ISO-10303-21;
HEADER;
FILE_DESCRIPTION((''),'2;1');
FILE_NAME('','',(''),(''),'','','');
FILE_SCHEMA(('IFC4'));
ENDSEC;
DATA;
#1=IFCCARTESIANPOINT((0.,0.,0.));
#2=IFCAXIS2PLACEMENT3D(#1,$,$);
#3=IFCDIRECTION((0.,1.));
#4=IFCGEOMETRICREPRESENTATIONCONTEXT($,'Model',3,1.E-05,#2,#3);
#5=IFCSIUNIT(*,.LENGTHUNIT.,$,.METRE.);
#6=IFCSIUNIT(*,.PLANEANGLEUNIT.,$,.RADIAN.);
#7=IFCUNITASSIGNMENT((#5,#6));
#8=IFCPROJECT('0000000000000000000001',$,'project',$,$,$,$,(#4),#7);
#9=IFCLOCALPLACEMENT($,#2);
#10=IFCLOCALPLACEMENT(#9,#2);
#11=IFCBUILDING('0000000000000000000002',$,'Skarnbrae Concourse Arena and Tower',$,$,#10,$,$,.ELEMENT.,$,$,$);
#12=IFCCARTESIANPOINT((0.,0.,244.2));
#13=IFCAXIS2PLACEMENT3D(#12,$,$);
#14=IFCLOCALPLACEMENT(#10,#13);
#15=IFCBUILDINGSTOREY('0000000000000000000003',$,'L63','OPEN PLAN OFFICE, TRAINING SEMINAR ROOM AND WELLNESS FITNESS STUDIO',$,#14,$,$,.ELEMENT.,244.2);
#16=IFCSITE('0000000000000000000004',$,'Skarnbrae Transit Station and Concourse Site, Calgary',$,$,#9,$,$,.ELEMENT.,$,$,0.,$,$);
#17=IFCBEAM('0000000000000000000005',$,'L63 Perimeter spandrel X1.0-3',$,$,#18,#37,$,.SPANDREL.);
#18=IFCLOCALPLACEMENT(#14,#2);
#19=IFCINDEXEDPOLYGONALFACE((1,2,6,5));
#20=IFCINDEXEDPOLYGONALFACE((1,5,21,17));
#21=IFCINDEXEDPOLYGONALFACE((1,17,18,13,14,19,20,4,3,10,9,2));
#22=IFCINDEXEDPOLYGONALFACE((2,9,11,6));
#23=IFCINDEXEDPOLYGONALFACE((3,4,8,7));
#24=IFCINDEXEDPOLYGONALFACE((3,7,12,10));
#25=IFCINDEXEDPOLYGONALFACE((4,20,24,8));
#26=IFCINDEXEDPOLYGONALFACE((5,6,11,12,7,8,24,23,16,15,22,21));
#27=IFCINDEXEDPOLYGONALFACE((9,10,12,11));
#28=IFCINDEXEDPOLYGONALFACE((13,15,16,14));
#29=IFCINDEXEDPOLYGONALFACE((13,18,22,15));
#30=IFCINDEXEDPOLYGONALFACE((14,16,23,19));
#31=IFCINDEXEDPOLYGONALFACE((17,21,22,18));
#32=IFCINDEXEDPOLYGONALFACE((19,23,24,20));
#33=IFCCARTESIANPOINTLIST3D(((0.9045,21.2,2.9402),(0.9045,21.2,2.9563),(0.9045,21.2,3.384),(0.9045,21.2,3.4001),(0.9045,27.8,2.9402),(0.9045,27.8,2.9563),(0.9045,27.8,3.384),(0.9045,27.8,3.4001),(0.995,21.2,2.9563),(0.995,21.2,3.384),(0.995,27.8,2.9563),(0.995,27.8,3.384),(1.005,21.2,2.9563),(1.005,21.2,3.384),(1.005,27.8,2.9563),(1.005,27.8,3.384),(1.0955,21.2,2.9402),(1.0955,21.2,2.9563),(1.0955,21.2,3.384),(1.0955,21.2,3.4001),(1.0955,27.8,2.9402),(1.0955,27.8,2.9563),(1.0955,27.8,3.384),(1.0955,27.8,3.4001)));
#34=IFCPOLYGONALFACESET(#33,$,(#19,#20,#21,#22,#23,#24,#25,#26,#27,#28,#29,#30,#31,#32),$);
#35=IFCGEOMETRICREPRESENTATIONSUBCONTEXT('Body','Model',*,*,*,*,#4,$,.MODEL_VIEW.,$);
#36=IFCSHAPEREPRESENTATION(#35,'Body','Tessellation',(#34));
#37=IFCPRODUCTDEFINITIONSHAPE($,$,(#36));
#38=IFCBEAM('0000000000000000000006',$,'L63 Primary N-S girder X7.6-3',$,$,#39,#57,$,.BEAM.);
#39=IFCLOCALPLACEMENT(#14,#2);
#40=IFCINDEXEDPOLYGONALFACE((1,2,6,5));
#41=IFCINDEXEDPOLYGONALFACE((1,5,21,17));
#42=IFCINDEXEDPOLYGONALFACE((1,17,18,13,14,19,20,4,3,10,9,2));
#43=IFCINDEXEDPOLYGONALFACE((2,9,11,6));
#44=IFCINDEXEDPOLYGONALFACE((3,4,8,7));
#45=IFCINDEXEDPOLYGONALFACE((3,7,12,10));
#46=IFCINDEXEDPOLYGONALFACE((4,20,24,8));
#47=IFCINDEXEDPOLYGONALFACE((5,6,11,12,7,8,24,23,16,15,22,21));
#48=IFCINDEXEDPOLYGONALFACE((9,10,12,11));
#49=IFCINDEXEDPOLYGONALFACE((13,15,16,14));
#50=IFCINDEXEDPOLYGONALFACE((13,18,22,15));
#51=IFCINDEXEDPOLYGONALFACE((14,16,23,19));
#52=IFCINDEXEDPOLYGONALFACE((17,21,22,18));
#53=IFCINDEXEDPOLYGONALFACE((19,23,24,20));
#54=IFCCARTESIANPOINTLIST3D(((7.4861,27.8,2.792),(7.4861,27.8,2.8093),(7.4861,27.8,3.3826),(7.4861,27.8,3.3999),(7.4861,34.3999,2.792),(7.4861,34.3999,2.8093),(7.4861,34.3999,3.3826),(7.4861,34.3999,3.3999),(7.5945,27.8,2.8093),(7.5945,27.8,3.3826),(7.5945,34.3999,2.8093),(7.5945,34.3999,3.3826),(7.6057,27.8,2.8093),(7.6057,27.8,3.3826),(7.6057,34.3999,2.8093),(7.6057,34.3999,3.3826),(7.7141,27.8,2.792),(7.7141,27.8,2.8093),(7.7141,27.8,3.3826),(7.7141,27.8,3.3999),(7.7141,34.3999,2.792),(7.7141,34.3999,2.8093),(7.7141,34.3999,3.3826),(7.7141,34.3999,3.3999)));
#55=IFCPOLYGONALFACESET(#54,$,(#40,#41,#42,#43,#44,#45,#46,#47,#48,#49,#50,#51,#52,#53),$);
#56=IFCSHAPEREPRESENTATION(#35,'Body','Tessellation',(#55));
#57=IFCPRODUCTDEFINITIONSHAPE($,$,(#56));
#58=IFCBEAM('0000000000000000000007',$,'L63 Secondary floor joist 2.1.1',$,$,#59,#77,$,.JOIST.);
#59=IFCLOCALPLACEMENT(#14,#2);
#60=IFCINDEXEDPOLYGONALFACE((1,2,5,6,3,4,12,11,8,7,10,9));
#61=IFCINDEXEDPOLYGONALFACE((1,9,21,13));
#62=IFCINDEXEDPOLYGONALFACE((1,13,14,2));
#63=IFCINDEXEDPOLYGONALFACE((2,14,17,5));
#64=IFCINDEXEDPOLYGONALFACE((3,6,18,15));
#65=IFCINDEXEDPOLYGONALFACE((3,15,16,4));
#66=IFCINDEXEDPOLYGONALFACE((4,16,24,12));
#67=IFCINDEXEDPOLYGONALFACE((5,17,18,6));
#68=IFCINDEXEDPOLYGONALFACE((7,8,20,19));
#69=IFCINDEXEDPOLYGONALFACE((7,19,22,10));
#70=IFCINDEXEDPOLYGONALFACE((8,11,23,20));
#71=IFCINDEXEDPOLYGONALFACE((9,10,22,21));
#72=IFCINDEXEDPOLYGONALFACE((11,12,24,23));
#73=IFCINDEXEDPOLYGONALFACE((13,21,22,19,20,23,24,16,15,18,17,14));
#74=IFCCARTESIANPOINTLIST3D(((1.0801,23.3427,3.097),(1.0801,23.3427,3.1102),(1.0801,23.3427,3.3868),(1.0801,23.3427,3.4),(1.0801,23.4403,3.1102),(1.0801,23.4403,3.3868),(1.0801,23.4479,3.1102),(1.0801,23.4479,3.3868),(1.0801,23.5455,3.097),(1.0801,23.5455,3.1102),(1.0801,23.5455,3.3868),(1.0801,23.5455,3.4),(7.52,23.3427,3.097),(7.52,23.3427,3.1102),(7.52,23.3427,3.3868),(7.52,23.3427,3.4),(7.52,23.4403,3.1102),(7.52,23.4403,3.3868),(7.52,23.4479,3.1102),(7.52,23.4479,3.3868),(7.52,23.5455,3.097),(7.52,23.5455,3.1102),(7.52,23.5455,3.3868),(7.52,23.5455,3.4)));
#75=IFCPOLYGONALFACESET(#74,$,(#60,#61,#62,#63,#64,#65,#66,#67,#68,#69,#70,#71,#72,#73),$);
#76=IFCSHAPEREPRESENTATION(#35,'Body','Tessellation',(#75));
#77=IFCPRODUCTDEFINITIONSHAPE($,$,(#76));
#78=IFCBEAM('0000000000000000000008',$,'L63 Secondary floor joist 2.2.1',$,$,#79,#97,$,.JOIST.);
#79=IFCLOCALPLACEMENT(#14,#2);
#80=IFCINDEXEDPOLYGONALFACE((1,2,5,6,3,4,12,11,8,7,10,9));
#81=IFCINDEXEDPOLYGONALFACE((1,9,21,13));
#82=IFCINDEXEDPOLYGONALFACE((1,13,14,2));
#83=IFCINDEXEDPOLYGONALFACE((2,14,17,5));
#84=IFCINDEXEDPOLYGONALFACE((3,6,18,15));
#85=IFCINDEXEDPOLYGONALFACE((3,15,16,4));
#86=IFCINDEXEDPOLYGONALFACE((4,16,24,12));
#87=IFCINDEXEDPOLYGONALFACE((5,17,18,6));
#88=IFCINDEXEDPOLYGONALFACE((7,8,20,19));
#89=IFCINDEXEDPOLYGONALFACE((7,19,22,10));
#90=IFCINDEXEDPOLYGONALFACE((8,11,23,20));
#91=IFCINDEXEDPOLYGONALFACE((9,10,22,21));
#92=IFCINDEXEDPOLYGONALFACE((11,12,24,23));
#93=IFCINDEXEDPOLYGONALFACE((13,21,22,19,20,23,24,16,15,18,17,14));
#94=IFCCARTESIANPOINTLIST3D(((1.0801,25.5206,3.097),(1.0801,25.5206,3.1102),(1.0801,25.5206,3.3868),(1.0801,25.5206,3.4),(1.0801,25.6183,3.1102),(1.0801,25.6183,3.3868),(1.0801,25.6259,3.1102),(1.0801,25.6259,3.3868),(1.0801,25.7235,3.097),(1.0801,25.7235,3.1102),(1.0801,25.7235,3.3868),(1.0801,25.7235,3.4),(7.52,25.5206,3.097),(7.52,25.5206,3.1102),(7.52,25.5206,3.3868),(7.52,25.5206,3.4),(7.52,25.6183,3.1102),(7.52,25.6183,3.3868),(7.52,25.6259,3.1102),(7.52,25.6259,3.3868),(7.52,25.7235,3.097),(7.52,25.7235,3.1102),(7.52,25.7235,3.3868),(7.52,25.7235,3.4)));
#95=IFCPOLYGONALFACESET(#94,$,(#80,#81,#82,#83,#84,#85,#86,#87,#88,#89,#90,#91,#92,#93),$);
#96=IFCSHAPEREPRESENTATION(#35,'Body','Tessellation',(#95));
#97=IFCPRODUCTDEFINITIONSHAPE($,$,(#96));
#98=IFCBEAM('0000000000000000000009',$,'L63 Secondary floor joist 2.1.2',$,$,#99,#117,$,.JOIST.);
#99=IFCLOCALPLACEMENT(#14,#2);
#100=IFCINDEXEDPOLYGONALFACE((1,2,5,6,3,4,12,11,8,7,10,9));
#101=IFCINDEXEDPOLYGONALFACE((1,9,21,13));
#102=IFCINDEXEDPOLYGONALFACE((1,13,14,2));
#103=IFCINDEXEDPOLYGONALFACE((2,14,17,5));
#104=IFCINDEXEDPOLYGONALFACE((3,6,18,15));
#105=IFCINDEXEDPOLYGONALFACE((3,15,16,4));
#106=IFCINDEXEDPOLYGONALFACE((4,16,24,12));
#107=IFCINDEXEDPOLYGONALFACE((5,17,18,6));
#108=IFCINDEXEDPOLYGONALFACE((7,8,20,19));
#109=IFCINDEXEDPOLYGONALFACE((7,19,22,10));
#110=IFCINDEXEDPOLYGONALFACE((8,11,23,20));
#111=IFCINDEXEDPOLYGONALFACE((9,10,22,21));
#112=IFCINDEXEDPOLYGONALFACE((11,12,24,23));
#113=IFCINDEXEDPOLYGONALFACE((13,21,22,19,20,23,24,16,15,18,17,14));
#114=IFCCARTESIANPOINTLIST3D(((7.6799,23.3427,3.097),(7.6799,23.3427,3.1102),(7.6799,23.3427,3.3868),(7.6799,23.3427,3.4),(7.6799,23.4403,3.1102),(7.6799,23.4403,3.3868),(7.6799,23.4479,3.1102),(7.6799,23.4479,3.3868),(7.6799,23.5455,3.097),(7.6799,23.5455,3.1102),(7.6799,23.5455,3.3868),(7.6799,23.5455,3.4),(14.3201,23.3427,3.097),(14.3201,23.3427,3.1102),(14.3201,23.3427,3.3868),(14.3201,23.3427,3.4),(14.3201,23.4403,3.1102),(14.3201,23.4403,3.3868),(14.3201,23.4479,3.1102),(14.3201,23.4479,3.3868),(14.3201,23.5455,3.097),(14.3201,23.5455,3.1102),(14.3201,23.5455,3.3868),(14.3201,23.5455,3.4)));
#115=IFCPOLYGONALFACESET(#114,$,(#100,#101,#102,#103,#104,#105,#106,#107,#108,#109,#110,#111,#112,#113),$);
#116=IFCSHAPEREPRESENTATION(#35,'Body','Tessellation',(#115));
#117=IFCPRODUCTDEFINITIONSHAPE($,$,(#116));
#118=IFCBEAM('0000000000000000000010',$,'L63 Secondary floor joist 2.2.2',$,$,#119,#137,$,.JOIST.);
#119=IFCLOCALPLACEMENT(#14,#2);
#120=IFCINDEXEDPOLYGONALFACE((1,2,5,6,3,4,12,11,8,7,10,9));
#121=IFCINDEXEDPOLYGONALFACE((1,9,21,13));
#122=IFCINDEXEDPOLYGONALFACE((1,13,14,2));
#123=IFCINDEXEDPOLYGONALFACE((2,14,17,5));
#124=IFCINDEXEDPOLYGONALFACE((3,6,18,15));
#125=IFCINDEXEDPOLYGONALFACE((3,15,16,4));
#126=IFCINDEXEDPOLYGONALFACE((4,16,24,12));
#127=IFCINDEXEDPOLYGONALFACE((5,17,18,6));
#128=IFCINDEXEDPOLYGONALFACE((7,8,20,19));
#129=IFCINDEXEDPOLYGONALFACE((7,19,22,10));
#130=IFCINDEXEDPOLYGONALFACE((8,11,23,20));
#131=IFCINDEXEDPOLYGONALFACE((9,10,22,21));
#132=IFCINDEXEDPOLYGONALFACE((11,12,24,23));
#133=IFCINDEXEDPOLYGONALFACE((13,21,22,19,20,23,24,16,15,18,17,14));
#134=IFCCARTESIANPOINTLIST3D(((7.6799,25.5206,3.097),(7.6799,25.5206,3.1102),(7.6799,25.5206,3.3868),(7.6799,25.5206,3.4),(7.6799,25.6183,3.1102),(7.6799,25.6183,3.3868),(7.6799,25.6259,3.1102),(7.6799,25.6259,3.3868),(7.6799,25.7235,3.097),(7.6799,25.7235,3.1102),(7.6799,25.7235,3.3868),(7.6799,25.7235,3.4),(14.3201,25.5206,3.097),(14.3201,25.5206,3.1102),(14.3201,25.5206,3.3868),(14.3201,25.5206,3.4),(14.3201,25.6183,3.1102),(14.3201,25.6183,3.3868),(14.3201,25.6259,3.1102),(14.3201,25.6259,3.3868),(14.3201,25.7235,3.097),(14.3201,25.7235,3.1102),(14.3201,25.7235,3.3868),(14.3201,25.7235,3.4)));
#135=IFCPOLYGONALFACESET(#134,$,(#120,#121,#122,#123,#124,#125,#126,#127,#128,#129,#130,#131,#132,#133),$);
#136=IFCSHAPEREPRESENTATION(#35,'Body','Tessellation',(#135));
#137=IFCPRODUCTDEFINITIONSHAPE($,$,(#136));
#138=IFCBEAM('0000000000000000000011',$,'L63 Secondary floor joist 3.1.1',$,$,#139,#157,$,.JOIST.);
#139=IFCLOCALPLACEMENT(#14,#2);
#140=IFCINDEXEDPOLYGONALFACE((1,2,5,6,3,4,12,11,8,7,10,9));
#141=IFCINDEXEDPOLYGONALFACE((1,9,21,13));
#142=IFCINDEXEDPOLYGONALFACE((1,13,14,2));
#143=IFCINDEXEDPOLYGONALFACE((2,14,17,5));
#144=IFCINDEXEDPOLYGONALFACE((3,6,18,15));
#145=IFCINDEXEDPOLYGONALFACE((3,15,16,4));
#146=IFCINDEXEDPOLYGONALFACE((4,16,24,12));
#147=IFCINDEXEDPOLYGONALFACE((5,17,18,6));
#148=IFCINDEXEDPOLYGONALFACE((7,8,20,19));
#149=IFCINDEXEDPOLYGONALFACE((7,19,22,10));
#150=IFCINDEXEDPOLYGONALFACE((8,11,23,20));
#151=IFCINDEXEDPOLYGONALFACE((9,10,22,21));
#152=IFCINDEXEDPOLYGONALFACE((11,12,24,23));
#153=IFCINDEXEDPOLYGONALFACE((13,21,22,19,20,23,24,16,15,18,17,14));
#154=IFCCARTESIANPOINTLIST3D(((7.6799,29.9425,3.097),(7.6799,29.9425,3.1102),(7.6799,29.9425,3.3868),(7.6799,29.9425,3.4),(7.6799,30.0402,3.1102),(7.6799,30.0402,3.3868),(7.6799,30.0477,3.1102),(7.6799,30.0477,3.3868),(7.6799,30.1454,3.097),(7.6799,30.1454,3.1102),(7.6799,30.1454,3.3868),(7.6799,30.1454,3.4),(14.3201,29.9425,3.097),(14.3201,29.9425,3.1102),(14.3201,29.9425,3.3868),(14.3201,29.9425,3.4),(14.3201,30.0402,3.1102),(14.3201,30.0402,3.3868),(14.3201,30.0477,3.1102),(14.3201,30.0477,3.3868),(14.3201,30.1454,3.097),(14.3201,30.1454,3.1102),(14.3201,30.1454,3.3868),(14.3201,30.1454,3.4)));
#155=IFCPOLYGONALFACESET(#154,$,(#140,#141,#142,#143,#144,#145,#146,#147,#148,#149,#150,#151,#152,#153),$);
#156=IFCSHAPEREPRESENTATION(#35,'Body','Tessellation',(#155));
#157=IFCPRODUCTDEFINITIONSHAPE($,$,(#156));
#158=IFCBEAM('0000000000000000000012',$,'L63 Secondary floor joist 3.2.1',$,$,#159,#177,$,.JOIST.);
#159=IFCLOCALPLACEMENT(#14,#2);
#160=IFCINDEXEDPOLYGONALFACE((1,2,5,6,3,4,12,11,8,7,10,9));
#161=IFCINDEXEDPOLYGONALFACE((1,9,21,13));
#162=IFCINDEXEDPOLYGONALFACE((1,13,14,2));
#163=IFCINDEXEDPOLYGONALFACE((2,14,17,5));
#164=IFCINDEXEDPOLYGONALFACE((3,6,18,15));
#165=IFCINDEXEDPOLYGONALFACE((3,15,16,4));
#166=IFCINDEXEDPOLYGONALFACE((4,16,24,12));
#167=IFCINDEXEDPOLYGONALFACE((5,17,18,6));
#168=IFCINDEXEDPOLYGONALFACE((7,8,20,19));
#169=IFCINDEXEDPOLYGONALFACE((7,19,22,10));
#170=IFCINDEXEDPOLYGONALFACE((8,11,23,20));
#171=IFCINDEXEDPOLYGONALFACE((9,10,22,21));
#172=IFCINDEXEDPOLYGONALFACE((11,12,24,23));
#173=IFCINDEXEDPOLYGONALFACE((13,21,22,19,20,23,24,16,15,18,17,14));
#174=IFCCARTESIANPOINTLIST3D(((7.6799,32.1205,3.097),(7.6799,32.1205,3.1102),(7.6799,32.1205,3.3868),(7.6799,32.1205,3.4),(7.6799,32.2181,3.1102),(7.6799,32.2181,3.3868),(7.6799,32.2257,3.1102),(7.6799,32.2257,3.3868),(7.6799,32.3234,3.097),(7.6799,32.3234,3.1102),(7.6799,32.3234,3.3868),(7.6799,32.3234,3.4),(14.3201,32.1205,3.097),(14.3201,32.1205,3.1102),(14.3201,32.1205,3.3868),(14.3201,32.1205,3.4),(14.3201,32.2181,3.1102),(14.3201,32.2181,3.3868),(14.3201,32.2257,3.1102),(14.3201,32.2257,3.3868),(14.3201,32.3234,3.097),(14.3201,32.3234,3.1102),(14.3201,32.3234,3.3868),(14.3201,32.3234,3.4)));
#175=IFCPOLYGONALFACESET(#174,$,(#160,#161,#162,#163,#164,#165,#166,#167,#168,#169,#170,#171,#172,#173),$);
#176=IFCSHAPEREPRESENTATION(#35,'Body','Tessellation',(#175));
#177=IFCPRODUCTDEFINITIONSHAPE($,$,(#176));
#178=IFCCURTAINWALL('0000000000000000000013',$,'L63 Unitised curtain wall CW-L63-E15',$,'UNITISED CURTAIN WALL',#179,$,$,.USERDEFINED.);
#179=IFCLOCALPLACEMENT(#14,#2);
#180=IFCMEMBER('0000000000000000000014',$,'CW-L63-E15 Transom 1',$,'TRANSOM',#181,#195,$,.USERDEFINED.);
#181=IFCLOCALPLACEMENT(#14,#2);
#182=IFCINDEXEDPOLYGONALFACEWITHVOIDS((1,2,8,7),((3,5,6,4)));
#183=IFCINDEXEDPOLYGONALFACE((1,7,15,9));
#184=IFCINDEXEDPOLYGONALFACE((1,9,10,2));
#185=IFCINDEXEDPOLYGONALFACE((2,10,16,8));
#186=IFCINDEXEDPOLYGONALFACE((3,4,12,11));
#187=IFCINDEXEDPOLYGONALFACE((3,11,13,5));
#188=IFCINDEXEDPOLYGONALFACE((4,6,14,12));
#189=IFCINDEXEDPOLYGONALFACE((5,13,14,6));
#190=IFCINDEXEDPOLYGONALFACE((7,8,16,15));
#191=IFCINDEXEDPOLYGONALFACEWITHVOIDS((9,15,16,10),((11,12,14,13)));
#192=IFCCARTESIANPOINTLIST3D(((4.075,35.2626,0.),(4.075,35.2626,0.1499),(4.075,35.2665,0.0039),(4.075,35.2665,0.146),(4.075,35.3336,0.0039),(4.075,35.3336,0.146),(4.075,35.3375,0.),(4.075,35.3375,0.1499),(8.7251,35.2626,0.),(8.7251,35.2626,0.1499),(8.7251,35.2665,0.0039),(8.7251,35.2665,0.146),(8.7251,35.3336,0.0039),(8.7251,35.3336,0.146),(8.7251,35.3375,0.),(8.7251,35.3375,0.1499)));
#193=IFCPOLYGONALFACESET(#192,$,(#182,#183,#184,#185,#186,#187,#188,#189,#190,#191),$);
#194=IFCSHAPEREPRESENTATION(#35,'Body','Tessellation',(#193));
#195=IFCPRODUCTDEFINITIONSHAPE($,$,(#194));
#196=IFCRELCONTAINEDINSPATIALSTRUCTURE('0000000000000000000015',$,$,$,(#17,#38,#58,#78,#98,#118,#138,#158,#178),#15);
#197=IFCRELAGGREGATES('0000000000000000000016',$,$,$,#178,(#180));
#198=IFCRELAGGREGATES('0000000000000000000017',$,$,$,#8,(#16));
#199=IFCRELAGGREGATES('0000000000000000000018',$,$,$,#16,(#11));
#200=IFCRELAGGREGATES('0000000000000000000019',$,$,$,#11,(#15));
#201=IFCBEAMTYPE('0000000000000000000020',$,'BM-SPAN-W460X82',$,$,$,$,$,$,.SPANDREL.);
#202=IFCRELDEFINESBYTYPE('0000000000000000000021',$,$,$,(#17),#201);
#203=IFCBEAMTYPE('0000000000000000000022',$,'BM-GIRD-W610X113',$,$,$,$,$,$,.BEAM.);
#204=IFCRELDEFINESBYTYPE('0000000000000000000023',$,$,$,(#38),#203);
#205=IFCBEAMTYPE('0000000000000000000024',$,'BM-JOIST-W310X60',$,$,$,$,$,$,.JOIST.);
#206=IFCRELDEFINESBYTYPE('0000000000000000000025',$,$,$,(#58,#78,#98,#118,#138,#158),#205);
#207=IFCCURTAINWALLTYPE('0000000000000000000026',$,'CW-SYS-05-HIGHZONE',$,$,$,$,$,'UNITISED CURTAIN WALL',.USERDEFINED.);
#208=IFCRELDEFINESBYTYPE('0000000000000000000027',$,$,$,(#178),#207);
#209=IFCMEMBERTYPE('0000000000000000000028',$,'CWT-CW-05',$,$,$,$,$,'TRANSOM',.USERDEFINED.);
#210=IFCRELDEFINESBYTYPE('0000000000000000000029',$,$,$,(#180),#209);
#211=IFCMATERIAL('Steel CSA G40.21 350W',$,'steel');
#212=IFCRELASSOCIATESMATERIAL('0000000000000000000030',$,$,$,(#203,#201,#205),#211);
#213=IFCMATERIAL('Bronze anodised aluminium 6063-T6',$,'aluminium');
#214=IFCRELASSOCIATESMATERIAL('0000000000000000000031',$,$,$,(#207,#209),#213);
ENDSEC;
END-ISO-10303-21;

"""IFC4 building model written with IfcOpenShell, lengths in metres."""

from ifc_helpers import new_model, si_unit, direction, frame, origin, origin_2d, place, context, subcontext, project, spatial, hollow_rectangle, i_section, extrude, source, transform, mapped, material, material_profile, profile_set, type_object, element, aggregate, save


model = new_model("IFC4")

# Units and contexts
model_context = context("Model", 3, precision=1e-05, world=origin(), true_north=direction((0.0, 1.0)))
body_context = subcontext(model_context, "Body", "Model", "MODEL_VIEW")
ifc_project = project(units=[si_unit("LENGTHUNIT", "METRE"), si_unit("PLANEANGLEUNIT", "RADIAN")], contexts=[model_context])

# Site, building, storey
site_placement = place(None, origin())
site = spatial("IfcSite", under=ifc_project, at=site_placement, Name="Skarnbrae Transit Station and Concourse Site, Calgary", CompositionType="ELEMENT", RefElevation=0.0)
building_placement = place(site_placement, origin())
building = spatial("IfcBuilding", under=site, at=building_placement, Name="Skarnbrae Concourse Arena and Tower", CompositionType="ELEMENT")
storey_placement = place(building_placement, frame((0.0, 0.0, 244.2)))
storey = spatial("IfcBuildingStorey", under=building, at=storey_placement, Name="L63", Description="OPEN PLAN OFFICE, TRAINING SEMINAR ROOM AND WELLNESS FITNESS STUDIO", CompositionType="ELEMENT", Elevation=244.2)

# Shared definitions
ifc_material_1 = material(Name="Steel CSA G40.21 350W", Category="steel")

# Beams
ifc_material_profile_1 = material_profile(ifc_material_1, i_section(OverallWidth=0.228, OverallDepth=0.6079, WebThickness=0.0112, FlangeThickness=0.0173, at=origin_2d()), Name="W610X113")
ifc_profile_set_1 = profile_set([ifc_material_profile_1], Name="Steel CSA G40.21 350W")
beam_type_1 = type_object("IfcBeamType", Name="BM-GIRD-W610X113", PredefinedType="BEAM", material=ifc_profile_set_1)
ifc_material_profile_2 = material_profile(ifc_material_1, i_section(OverallWidth=0.1909, OverallDepth=0.46, WebThickness=0.01, FlangeThickness=0.0161, at=origin_2d()), Name="W460X82")
ifc_profile_set_2 = profile_set([ifc_material_profile_2], Name="Steel CSA G40.21 350W")
beam_type_2 = type_object("IfcBeamType", Name="BM-SPAN-W460X82", PredefinedType="SPANDREL", material=ifc_profile_set_2)
shared_shape_1 = source(origin(), body_context, "Body", "SweptSolid", [
    extrude(i_section(OverallWidth=0.1909, OverallDepth=0.46, WebThickness=0.01, FlangeThickness=0.0161, at=origin_2d()), origin(), (0.0, 0.0, 1.0), 6.6001),
])
beam_1_placement = place(storey_placement, frame((1.0, 21.2, 3.1702), z_axis=(0.0, 1.0, 0.0), x_axis=(-1.0, 0.0, 0.0)))
element("IfcBeam", 1, at=beam_1_placement, inside=storey, type_object=beam_type_2, Name="L63 Perimeter spandrel X1.0-3", PredefinedType="SPANDREL", context=body_context, shape_type="MappedRepresentation", body=[
    mapped(shared_shape_1, transform((0.0, 0.0, 0.0))),
])
shared_shape_2 = source(origin(), body_context, "Body", "SweptSolid", [
    extrude(i_section(OverallWidth=0.228, OverallDepth=0.6079, WebThickness=0.0112, FlangeThickness=0.0173, at=origin_2d()), origin(), (0.0, 0.0, 1.0), 6.5999),
])
beam_2_placement = place(storey_placement, frame((7.6001, 27.8, 3.0959), z_axis=(0.0, 1.0, 0.0), x_axis=(-1.0, 0.0, 0.0)))
element("IfcBeam", 2, at=beam_2_placement, inside=storey, type_object=beam_type_1, Name="L63 Primary N-S girder X7.6-3", PredefinedType="BEAM", context=body_context, shape_type="MappedRepresentation", body=[
    mapped(shared_shape_2, transform((0.0, 0.0, 0.0))),
])
ifc_material_profile_3 = material_profile(ifc_material_1, i_section(OverallWidth=0.2029, OverallDepth=0.303, WebThickness=0.0076, FlangeThickness=0.0132, at=origin_2d()), Name="W310X60")
ifc_profile_set_3 = profile_set([ifc_material_profile_3], Name="Steel CSA G40.21 350W")
beam_type_3 = type_object("IfcBeamType", Name="BM-JOIST-W310X60", PredefinedType="JOIST", material=ifc_profile_set_3)
shared_shape_3 = source(origin(), body_context, "Body", "SweptSolid", [
    extrude(i_section(OverallWidth=0.2029, OverallDepth=0.303, WebThickness=0.0076, FlangeThickness=0.0132, at=origin_2d()), origin(), (0.0, 0.0, 1.0), 6.4399),
])
for number, where, z_axis, x_axis, name in (
    (3, (1.0801, 23.4441, 3.2485), (1.0, 0.0, 0.0), (0.0, 1.0, 0.0), "L63 Secondary floor joist 2.1.1"),
    (4, (1.0801, 25.6221, 3.2485), (1.0, 0.0, 0.0), (0.0, 1.0, 0.0), "L63 Secondary floor joist 2.2.1"),
):
    element("IfcBeam", number, at=place(storey_placement, frame(where, z_axis=z_axis, x_axis=x_axis)), inside=storey, type_object=beam_type_3, Name=name, PredefinedType="JOIST", context=body_context, shape_type="MappedRepresentation", body=[
        mapped(shared_shape_3, transform((0.0, 0.0, 0.0))),
    ])
shared_shape_4 = source(origin(), body_context, "Body", "SweptSolid", [
    extrude(i_section(OverallWidth=0.2029, OverallDepth=0.303, WebThickness=0.0076, FlangeThickness=0.0132, at=origin_2d()), origin(), (0.0, 0.0, 1.0), 6.6401),
])
for number, where, z_axis, x_axis, name in (
    (5, (7.6799, 23.4441, 3.2485), (1.0, 0.0, 0.0), (0.0, 1.0, 0.0), "L63 Secondary floor joist 2.1.2"),
    (6, (7.6799, 25.6221, 3.2485), (1.0, 0.0, 0.0), (0.0, 1.0, 0.0), "L63 Secondary floor joist 2.2.2"),
    (7, (7.6799, 30.0439, 3.2485), (1.0, 0.0, 0.0), (0.0, 1.0, 0.0), "L63 Secondary floor joist 3.1.1"),
    (8, (7.6799, 32.2219, 3.2485), (1.0, 0.0, 0.0), (0.0, 1.0, 0.0), "L63 Secondary floor joist 3.2.1"),
):
    element("IfcBeam", number, at=place(storey_placement, frame(where, z_axis=z_axis, x_axis=x_axis)), inside=storey, type_object=beam_type_3, Name=name, PredefinedType="JOIST", context=body_context, shape_type="MappedRepresentation", body=[
        mapped(shared_shape_4, transform((0.0, 0.0, 0.0))),
    ])

# Curtain wall, member
ifc_material_2 = material(Name="Bronze anodised aluminium 6063-T6", Category="aluminium")
curtain_wall_type = type_object("IfcCurtainWallType", Name="CW-SYS-05-HIGHZONE", ElementType="UNITISED CURTAIN WALL", PredefinedType="USERDEFINED", material=ifc_material_2)
curtain_wall_1_placement = place(storey_placement, origin())
curtain_wall_1 = element("IfcCurtainWall", 9, at=curtain_wall_1_placement, inside=storey, type_object=curtain_wall_type, Name="L63 Unitised curtain wall CW-L63-E15", ObjectType="UNITISED CURTAIN WALL", PredefinedType="USERDEFINED")
ifc_material_profile_4 = material_profile(ifc_material_2, hollow_rectangle(XDim=0.075, YDim=0.1499, WallThickness=0.0039, at=origin_2d()), Name="ALU-TRAN-75X150")
ifc_profile_set_4 = profile_set([ifc_material_profile_4], Name="Bronze anodised aluminium 6063-T6")
member_type_1 = type_object("IfcMemberType", Name="CWT-CW-05", ElementType="TRANSOM", PredefinedType="USERDEFINED", material=ifc_profile_set_4)
shared_shape_5 = source(origin(), body_context, "Body", "SweptSolid", [
    extrude(hollow_rectangle(XDim=0.075, YDim=0.1499, WallThickness=0.0039, at=origin_2d()), origin(), (0.0, 0.0, 1.0), 4.6501),
])
member_1_placement = place(storey_placement, frame((8.7251, 35.3, 0.075), z_axis=(-1.0, 0.0, 0.0), x_axis=(0.0, -1.0, 0.0)))
member_1 = element("IfcMember", 10, at=member_1_placement, type_object=member_type_1, Name="CW-L63-E15 Transom 1", ObjectType="TRANSOM", PredefinedType="USERDEFINED", context=body_context, shape_type="MappedRepresentation", body=[
    mapped(shared_shape_5, transform((0.0, 0.0, 0.0))),
])

aggregate(curtain_wall_1, [member_1])

save(model, "model.ifc")
